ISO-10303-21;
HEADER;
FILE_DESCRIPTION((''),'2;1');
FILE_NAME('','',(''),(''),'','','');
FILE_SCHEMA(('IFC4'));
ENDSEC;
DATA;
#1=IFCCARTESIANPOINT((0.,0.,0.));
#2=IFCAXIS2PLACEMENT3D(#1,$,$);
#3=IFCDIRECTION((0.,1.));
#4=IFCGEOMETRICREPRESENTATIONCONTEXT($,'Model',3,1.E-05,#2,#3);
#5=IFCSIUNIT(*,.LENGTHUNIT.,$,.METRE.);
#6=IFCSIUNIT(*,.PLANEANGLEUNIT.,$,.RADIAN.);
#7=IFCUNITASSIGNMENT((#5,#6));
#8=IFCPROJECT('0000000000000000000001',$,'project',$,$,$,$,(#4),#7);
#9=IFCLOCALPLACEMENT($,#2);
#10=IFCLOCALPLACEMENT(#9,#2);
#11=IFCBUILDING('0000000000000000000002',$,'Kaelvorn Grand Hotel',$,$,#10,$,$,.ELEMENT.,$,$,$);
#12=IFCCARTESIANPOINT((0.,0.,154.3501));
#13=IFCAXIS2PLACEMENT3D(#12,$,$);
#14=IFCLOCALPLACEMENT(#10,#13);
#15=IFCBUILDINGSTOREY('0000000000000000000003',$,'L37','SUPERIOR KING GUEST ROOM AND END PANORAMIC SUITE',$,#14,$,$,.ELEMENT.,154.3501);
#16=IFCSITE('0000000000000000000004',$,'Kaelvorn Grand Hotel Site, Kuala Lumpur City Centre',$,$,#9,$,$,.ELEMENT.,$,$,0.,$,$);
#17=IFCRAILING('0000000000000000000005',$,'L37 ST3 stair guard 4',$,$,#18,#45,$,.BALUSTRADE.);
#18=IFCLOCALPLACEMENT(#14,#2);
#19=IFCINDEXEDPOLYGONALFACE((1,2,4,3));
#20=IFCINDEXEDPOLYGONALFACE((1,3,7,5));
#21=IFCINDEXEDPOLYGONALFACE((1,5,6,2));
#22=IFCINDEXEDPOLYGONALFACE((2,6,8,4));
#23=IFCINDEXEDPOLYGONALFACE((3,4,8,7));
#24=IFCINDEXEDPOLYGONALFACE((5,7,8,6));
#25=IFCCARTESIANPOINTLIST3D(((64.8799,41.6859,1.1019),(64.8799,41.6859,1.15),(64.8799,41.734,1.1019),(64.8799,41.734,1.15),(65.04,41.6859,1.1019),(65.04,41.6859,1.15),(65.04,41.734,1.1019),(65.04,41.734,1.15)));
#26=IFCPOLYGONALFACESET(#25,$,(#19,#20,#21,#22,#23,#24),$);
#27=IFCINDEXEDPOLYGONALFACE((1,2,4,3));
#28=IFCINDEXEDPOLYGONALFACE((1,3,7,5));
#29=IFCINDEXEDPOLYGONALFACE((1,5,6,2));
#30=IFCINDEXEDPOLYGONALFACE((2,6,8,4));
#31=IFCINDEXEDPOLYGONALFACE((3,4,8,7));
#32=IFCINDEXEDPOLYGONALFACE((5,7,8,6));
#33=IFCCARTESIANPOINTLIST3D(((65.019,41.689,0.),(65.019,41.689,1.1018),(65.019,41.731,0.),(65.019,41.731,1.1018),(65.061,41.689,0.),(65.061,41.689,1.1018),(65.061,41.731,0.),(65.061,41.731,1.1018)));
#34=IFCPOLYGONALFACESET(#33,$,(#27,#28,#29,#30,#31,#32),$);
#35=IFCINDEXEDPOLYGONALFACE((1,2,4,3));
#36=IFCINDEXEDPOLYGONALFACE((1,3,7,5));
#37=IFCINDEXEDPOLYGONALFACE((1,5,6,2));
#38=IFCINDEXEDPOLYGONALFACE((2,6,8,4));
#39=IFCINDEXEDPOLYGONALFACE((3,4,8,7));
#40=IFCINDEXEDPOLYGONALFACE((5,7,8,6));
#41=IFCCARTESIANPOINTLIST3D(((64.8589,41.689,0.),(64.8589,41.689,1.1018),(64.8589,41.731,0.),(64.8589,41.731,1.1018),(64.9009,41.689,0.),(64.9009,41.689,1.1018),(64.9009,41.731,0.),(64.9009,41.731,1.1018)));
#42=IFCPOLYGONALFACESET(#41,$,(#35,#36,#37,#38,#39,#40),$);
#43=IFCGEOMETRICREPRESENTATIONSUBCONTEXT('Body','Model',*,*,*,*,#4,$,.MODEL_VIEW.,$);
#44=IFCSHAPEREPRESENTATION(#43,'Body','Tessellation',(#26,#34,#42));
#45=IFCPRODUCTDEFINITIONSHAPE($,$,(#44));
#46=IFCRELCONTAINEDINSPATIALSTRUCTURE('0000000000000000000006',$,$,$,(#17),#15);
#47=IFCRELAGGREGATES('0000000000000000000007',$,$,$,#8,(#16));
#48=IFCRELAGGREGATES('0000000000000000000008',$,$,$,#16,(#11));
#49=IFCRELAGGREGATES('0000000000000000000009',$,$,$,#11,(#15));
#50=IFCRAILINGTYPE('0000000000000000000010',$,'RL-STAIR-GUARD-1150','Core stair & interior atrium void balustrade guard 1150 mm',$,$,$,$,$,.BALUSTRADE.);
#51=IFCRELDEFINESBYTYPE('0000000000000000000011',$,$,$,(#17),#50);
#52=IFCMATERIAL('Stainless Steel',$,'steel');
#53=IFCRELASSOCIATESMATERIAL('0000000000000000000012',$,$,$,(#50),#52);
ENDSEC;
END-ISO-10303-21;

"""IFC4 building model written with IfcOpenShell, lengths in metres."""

from ifc_helpers import new_model, si_unit, direction, frame, origin, origin_2d, place, context, subcontext, project, spatial, rectangle, extrude, material, type_object, element, save


model = new_model("IFC4")

# Units and contexts
model_context = context("Model", 3, precision=1e-05, world=origin(), true_north=direction((0.0, 1.0)))
body_context = subcontext(model_context, "Body", "Model", "MODEL_VIEW")
ifc_project = project(units=[si_unit("LENGTHUNIT", "METRE"), si_unit("PLANEANGLEUNIT", "RADIAN")], contexts=[model_context])

# Site, building, storey
site_placement = place(None, origin())
site = spatial("IfcSite", under=ifc_project, at=site_placement, Name="Kaelvorn Grand Hotel Site, Kuala Lumpur City Centre", CompositionType="ELEMENT", RefElevation=0.0)
building_placement = place(site_placement, origin())
building = spatial("IfcBuilding", under=site, at=building_placement, Name="Kaelvorn Grand Hotel", CompositionType="ELEMENT")
storey_placement = place(building_placement, frame((0.0, 0.0, 154.3501)))
storey = spatial("IfcBuildingStorey", under=building, at=storey_placement, Name="L37", Description="SUPERIOR KING GUEST ROOM AND END PANORAMIC SUITE", CompositionType="ELEMENT", Elevation=154.3501)

# Shared definitions
ifc_material_1 = material(Name="Stainless Steel", Category="steel")

# Railing
railing_type_1 = type_object("IfcRailingType", Name="RL-STAIR-GUARD-1150", Description="Core stair & interior atrium void balustrade guard 1150 mm", PredefinedType="BALUSTRADE", material=ifc_material_1)
railing_1_placement = place(storey_placement, frame((65.04, 41.71, 0.0)))
element("IfcRailing", 1, at=railing_1_placement, inside=storey, type_object=railing_type_1, Name="L37 ST3 stair guard 4", PredefinedType="BALUSTRADE", context=body_context, shape_type="SweptSolid", body=[
    extrude(rectangle(XDim=0.0481, YDim=0.0481, at=origin_2d()), frame((0.0, 0.0, 1.126), z_axis=(-1.0, 0.0, 0.0), x_axis=(0.0, -1.0, 0.0)), (0.0, 0.0, 1.0), 0.1602),
    extrude(rectangle(XDim=0.042, YDim=0.042, at=origin_2d()), origin(), (0.0, 0.0, 1.0), 1.1018),
    extrude(rectangle(XDim=0.042, YDim=0.042, at=origin_2d()), frame((-0.1602, 0.0, 0.0)), (0.0, 0.0, 1.0), 1.1018),
])

save(model, "model.ifc")
